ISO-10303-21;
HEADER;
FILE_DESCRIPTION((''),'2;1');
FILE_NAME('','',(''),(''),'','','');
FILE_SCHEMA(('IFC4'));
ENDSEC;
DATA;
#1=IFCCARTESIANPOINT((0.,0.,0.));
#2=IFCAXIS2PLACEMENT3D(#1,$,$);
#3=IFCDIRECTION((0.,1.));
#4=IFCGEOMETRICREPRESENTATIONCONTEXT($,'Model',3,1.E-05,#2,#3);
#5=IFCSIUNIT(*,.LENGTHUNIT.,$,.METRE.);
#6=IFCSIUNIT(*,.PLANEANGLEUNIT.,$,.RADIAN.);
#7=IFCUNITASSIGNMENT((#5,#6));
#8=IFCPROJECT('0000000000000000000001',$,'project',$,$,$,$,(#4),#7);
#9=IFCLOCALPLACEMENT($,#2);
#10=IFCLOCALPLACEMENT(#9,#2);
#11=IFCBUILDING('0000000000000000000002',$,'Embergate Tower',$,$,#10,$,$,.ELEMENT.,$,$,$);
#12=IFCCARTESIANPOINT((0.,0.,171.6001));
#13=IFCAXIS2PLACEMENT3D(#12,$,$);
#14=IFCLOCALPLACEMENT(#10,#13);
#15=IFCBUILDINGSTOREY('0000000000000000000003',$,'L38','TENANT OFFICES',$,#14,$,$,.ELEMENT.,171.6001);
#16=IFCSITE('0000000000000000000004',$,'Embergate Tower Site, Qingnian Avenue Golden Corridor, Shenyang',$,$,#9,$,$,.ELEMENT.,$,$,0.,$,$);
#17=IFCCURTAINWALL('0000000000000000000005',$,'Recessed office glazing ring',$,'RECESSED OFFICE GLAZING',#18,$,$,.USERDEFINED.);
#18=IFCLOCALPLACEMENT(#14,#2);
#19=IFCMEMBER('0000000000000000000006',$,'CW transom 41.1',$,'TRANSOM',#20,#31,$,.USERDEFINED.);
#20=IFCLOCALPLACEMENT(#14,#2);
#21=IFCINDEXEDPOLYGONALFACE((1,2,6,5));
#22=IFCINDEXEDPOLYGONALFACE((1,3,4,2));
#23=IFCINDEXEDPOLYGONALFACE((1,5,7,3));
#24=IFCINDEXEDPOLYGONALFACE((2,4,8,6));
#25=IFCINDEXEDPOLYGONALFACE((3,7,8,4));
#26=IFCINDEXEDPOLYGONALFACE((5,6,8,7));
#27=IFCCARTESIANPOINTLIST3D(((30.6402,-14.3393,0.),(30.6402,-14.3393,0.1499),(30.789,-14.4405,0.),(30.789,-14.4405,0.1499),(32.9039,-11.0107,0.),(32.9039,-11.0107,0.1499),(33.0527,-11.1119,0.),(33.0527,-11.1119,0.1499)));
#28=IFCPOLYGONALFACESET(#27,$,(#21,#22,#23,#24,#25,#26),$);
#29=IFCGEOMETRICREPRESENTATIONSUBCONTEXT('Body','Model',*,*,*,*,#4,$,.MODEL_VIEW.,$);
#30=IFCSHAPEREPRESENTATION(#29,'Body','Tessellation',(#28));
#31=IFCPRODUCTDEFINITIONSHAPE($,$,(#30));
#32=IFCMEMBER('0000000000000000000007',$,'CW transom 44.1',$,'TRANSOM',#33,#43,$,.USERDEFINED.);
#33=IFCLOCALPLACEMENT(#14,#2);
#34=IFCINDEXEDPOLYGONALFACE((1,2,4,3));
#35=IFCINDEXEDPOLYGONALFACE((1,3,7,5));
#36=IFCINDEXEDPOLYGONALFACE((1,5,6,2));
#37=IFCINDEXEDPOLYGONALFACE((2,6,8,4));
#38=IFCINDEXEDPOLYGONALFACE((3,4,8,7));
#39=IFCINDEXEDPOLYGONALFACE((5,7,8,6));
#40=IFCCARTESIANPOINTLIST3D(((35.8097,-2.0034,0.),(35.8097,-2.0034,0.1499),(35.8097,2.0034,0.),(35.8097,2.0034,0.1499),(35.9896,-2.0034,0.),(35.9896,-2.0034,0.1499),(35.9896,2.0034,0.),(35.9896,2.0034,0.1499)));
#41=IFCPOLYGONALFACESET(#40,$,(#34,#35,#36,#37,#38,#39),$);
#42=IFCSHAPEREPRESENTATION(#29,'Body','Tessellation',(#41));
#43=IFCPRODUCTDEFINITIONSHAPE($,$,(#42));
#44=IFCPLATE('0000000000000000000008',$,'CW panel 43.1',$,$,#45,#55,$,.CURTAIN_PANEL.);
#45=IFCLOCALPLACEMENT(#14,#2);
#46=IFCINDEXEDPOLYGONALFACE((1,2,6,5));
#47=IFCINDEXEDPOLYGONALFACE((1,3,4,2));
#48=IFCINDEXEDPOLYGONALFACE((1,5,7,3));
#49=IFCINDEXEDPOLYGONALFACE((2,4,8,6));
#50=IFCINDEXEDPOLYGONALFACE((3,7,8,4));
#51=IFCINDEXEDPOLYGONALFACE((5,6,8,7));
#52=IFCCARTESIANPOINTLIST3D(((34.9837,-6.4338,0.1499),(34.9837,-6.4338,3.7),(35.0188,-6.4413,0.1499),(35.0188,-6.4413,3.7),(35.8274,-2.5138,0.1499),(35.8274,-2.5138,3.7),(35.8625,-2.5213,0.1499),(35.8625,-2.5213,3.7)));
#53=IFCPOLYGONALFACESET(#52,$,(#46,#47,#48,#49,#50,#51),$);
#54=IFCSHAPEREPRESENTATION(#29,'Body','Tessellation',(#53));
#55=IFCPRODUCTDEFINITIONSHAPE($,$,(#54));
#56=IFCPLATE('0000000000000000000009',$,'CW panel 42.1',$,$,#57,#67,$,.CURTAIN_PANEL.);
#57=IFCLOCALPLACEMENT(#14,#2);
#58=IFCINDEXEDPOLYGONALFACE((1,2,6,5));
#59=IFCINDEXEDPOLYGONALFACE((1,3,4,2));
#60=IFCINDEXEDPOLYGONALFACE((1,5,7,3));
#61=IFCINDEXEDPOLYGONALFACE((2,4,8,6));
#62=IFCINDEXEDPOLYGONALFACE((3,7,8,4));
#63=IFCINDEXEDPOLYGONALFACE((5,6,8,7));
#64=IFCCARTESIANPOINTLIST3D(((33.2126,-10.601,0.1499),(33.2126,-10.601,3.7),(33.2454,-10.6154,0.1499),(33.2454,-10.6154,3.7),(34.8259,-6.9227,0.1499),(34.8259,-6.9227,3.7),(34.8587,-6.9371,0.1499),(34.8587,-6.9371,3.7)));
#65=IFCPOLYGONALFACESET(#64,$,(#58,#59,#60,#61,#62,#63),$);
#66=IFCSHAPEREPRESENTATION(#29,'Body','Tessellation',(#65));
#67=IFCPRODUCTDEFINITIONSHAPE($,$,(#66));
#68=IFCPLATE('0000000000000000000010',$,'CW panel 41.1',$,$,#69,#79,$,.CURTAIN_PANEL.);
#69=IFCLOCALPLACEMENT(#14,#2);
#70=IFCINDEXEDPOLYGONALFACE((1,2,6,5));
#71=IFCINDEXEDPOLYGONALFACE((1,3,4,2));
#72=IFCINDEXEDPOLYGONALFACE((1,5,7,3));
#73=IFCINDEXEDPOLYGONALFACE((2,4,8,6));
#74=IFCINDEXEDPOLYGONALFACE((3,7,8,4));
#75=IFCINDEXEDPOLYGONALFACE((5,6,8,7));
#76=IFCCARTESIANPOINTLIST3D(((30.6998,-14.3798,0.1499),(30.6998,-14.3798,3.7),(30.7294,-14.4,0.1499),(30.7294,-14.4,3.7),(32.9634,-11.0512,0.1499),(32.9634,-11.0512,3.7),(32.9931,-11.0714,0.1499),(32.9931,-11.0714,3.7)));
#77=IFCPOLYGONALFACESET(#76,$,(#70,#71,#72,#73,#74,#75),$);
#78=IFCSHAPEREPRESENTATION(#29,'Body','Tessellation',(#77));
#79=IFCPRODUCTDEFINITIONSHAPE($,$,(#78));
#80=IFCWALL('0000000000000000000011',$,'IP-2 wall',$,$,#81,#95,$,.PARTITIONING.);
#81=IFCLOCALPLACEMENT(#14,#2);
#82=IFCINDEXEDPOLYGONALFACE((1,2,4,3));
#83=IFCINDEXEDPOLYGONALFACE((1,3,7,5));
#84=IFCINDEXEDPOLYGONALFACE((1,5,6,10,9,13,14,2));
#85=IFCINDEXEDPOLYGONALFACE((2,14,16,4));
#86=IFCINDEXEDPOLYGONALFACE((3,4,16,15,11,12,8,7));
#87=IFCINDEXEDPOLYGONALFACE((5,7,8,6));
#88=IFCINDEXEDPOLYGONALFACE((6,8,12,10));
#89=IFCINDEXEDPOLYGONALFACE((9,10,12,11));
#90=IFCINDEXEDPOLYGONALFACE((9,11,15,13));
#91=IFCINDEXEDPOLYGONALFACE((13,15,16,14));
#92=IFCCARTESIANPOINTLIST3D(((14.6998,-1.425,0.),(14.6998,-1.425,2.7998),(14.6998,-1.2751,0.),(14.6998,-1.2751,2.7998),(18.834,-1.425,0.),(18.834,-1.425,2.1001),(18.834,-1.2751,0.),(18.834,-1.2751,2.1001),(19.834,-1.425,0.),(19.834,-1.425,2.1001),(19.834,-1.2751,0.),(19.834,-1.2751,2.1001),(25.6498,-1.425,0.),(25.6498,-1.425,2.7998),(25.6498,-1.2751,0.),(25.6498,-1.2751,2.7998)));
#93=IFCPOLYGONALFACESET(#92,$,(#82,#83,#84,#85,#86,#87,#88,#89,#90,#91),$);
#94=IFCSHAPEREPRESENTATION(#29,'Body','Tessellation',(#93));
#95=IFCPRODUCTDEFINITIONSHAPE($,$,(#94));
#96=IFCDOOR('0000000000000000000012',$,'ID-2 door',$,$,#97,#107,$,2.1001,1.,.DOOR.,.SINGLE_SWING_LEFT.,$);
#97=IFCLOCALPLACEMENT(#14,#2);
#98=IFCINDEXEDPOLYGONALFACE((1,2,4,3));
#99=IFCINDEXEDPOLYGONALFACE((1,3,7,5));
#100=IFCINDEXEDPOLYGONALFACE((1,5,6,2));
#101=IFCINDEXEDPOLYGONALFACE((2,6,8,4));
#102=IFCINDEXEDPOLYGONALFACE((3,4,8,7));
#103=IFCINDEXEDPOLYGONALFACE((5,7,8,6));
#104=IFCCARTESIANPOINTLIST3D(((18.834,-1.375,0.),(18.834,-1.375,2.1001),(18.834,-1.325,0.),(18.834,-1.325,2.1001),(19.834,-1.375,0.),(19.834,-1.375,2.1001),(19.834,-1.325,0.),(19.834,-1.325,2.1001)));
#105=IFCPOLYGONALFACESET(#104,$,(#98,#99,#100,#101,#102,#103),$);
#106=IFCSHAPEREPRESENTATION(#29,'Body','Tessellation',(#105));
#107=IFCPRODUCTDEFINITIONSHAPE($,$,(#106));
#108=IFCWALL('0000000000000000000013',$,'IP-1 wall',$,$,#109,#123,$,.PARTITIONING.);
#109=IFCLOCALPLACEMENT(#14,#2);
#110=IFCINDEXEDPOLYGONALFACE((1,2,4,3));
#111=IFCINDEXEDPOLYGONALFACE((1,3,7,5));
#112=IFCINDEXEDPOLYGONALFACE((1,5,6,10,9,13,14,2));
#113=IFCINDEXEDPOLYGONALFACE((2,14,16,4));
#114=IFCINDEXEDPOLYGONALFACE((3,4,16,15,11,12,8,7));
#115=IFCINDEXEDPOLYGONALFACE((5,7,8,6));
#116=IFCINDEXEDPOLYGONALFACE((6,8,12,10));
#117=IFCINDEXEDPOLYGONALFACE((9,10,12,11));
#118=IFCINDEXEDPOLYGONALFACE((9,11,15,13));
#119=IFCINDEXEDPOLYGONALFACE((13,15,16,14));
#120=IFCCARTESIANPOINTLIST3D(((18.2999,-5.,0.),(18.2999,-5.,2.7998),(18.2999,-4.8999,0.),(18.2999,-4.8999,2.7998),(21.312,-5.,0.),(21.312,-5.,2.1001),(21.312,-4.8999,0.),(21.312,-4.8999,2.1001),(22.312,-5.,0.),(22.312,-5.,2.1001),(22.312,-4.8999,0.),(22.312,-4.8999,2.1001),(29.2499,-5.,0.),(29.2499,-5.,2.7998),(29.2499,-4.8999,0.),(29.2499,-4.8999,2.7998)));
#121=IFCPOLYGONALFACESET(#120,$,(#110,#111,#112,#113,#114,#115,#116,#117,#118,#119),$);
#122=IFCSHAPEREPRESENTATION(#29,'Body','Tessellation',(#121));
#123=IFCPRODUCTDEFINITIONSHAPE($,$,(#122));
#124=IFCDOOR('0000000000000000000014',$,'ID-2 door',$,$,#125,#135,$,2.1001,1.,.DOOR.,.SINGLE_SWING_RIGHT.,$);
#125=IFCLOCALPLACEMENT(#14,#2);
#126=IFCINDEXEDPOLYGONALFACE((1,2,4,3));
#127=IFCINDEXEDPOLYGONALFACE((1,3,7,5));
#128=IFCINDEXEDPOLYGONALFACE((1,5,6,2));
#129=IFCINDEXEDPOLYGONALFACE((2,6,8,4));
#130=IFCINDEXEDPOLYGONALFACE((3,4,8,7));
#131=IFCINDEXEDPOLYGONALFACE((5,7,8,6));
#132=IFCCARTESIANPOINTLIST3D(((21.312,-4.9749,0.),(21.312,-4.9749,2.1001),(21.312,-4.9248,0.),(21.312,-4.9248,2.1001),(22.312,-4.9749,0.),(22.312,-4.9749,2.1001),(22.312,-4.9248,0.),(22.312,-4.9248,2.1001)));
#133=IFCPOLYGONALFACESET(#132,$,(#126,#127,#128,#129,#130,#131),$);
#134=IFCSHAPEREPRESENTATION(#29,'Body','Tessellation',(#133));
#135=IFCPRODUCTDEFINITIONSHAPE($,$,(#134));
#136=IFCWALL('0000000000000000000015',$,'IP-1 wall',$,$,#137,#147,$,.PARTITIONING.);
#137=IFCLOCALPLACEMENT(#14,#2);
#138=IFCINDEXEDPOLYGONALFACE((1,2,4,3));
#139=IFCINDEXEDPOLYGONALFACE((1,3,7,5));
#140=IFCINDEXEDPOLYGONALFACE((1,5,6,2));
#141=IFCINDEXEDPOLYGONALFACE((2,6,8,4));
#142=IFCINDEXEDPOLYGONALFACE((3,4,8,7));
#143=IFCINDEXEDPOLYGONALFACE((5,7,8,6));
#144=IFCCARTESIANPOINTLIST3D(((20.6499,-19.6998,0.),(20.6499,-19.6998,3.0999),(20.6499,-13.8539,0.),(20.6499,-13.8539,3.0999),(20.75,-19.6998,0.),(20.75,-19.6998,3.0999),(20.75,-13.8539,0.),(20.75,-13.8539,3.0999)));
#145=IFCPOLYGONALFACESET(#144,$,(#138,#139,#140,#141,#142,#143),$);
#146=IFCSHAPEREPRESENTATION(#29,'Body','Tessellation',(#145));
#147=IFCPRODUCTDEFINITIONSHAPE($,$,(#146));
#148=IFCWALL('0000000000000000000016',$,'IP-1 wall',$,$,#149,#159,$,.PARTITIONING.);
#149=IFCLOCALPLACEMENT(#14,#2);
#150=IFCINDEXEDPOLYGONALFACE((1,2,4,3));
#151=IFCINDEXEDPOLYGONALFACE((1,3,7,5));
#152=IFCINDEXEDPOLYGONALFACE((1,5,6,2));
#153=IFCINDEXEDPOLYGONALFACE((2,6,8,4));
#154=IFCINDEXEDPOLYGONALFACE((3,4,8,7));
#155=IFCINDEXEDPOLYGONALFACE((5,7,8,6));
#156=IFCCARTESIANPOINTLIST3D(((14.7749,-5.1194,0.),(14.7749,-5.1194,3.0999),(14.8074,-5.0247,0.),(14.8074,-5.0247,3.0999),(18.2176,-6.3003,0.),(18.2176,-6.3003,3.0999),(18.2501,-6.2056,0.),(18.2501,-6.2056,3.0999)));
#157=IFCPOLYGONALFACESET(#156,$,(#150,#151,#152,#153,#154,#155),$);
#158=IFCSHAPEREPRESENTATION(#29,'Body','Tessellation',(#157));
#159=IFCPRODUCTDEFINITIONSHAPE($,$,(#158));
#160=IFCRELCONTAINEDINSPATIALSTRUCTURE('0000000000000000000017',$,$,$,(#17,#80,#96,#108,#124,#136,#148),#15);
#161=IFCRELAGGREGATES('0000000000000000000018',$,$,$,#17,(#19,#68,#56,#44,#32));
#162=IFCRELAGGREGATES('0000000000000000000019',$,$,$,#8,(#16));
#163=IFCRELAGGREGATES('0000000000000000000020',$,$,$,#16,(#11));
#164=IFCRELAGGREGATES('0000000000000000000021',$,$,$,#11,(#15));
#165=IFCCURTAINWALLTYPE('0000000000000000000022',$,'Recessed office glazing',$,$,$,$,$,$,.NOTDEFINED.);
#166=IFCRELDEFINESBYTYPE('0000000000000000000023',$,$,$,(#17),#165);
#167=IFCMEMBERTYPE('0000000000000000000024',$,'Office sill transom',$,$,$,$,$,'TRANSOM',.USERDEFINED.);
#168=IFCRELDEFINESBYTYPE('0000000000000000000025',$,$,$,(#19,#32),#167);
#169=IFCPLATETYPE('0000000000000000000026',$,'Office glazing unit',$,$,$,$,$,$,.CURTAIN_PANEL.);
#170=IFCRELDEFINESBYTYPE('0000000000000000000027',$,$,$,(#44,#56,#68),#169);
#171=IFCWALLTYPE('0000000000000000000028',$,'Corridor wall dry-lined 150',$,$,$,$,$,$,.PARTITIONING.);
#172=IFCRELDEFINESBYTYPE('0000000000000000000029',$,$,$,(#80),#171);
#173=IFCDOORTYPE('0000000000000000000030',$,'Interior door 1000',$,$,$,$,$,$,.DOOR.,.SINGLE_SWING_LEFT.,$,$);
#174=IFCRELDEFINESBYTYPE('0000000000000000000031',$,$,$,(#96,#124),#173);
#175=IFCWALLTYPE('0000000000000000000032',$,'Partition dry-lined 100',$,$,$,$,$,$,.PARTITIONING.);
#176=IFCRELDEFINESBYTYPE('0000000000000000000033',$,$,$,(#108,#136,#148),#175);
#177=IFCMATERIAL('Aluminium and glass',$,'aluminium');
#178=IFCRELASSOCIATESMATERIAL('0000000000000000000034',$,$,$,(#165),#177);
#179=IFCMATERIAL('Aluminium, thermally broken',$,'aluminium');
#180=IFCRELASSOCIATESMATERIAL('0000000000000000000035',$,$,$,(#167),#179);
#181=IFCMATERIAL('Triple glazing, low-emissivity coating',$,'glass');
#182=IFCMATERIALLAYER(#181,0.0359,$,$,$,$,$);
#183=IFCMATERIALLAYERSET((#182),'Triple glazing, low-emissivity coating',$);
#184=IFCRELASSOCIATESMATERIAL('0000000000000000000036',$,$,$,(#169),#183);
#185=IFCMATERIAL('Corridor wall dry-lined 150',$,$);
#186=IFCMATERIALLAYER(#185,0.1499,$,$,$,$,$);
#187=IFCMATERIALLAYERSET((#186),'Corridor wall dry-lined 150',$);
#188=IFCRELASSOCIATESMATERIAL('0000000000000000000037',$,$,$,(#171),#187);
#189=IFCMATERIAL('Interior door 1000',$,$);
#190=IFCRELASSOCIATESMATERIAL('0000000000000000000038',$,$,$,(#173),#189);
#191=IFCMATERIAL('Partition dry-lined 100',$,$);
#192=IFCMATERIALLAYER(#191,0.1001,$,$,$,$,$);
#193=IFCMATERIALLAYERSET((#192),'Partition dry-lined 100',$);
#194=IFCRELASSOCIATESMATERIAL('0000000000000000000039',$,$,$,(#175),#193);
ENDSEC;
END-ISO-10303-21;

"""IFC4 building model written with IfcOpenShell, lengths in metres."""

from ifc_helpers import new_model, si_unit, direction, frame, frame_2d, origin, origin_2d, place, context, subcontext, project, spatial, rectangle, extrude, source, transform, mapped, material, layer, layer_set, material_profile, profile_set, type_object, element, fill, aggregate, save


model = new_model("IFC4")

# Units and contexts
model_context = context("Model", 3, precision=1e-05, world=origin(), true_north=direction((0.0, 1.0)))
body_context = subcontext(model_context, "Body", "Model", "MODEL_VIEW")
ifc_project = project(units=[si_unit("LENGTHUNIT", "METRE"), si_unit("PLANEANGLEUNIT", "RADIAN")], contexts=[model_context])

# Site, building, storey
site_placement = place(None, origin())
site = spatial("IfcSite", under=ifc_project, at=site_placement, Name="Embergate Tower Site, Qingnian Avenue Golden Corridor, Shenyang", CompositionType="ELEMENT", RefElevation=0.0)
building_placement = place(site_placement, origin())
building = spatial("IfcBuilding", under=site, at=building_placement, Name="Embergate Tower", CompositionType="ELEMENT")
storey_placement = place(building_placement, frame((0.0, 0.0, 171.6001)))
storey = spatial("IfcBuildingStorey", under=building, at=storey_placement, Name="L38", Description="TENANT OFFICES", CompositionType="ELEMENT", Elevation=171.6001)

# Curtain wall, members, plates
ifc_material_1 = material(Name="Aluminium and glass", Category="aluminium")
curtain_wall_type = type_object("IfcCurtainWallType", Name="Recessed office glazing", PredefinedType="NOTDEFINED", material=ifc_material_1)
curtain_wall_placement = place(storey_placement, origin())
curtain_wall = element("IfcCurtainWall", 1, at=curtain_wall_placement, inside=storey, type_object=curtain_wall_type, Name="Recessed office glazing ring", ObjectType="RECESSED OFFICE GLAZING", PredefinedType="USERDEFINED")
ifc_material_2 = material(Name="Aluminium, thermally broken", Category="aluminium")
ifc_material_profile_1 = material_profile(ifc_material_2, rectangle(XDim=0.1799, YDim=0.1499, at=origin_2d()), Name="AL 150x180")
ifc_profile_set_1 = profile_set([ifc_material_profile_1], Name="Aluminium, thermally broken")
member_type_1 = type_object("IfcMemberType", Name="Office sill transom", ElementType="TRANSOM", PredefinedType="USERDEFINED", material=ifc_profile_set_1)
shared_shape_1 = source(origin(), body_context, "Body", "SweptSolid", [
    extrude(rectangle(XDim=0.1799, YDim=0.1499, at=origin_2d()), origin(), (0.0, 0.0, 1.0), 4.0254),
])
member_1_placement = place(storey_placement, frame((30.7146, -14.3899, 0.075), z_axis=(0.562347, 0.826902, 0.0), x_axis=(-0.826902, 0.562347, 0.0)))
member_1 = element("IfcMember", 2, at=member_1_placement, type_object=member_type_1, Name="CW transom 41.1", ObjectType="TRANSOM", PredefinedType="USERDEFINED", context=body_context, shape_type="MappedRepresentation", body=[
    mapped(shared_shape_1, transform((0.0, 0.0, 0.0))),
])
shared_shape_2 = source(origin(), body_context, "Body", "SweptSolid", [
    extrude(rectangle(XDim=0.1799, YDim=0.1499, at=origin_2d()), origin(), (0.0, 0.0, 1.0), 4.0068),
])
member_2_placement = place(storey_placement, frame((35.8997, -2.0034, 0.075), z_axis=(0.0, 1.0, 0.0), x_axis=(-1.0, 0.0, 0.0)))
member_2 = element("IfcMember", 3, at=member_2_placement, type_object=member_type_1, Name="CW transom 44.1", ObjectType="TRANSOM", PredefinedType="USERDEFINED", context=body_context, shape_type="MappedRepresentation", body=[
    mapped(shared_shape_2, transform((0.0, 0.0, 0.0))),
])
ifc_material_3 = material(Name="Triple glazing, low-emissivity coating", Category="glass")
ifc_layer_1 = layer(ifc_material_3, 0.0359)
ifc_layer_set_1 = layer_set([ifc_layer_1], Name="Triple glazing, low-emissivity coating")
plate_type = type_object("IfcPlateType", Name="Office glazing unit", PredefinedType="CURTAIN_PANEL", material=ifc_layer_set_1)
shared_shape_3 = source(origin(), body_context, "Body", "SweptSolid", [
    extrude(rectangle(XDim=4.0098, YDim=0.0359, at=origin_2d()), origin(), (0.0, 0.0, 1.0), 3.55),
])
plate_1_placement = place(storey_placement, frame((35.4231, -4.4775, 0.1499), z_axis=(0.0, 0.0, 1.0), x_axis=(0.210402, 0.977615, 0.0)))
plate_1 = element("IfcPlate", 4, at=plate_1_placement, type_object=plate_type, Name="CW panel 43.1", PredefinedType="CURTAIN_PANEL", context=body_context, shape_type="MappedRepresentation", body=[
    mapped(shared_shape_3, transform((0.0, 0.0, 0.0))),
])
shared_shape_4 = source(origin(), body_context, "Body", "SweptSolid", [
    extrude(rectangle(XDim=4.0166, YDim=0.0359, at=origin_2d()), origin(), (0.0, 0.0, 1.0), 3.55),
])
plate_2_placement = place(storey_placement, frame((34.0356, -8.769, 0.1499), z_axis=(0.0, 0.0, 1.0), x_axis=(0.401658, 0.91579, 0.0)))
plate_2 = element("IfcPlate", 5, at=plate_2_placement, type_object=plate_type, Name="CW panel 42.1", PredefinedType="CURTAIN_PANEL", context=body_context, shape_type="MappedRepresentation", body=[
    mapped(shared_shape_4, transform((0.0, 0.0, 0.0))),
])
shared_shape_5 = source(origin(), body_context, "Body", "SweptSolid", [
    extrude(rectangle(XDim=4.0254, YDim=0.0359, at=origin_2d()), origin(), (0.0, 0.0, 1.0), 3.55),
])
plate_3_placement = place(storey_placement, frame((31.8464, -12.7256, 0.1499), z_axis=(0.0, 0.0, 1.0), x_axis=(0.562348, 0.826901, 0.0)))
plate_3 = element("IfcPlate", 6, at=plate_3_placement, type_object=plate_type, Name="CW panel 41.1", PredefinedType="CURTAIN_PANEL", context=body_context, shape_type="MappedRepresentation", body=[
    mapped(shared_shape_5, transform((0.0, 0.0, 0.0))),
])
aggregate(curtain_wall, [member_1, plate_3, plate_2, plate_1, member_2])

# Walls, openings, doors
ifc_material_4 = material(Name="Corridor wall dry-lined 150")
ifc_layer_2 = layer(ifc_material_4, 0.1499)
ifc_layer_set_2 = layer_set([ifc_layer_2], Name="Corridor wall dry-lined 150")
wall_type_1 = type_object("IfcWallType", Name="Corridor wall dry-lined 150", PredefinedType="PARTITIONING", material=ifc_layer_set_2)
shared_shape_6 = source(origin(), body_context, "Body", "SweptSolid", [
    extrude(rectangle(XDim=10.95, YDim=0.1499, at=frame_2d((5.4751, 0.0))), origin(), (0.0, 0.0, 1.0), 2.7998),
])
wall_1_placement = place(storey_placement, frame((25.6499, -1.3501, 0.0), z_axis=(0.0, 0.0, 1.0), x_axis=(-1.0, 0.0, 0.0)))
wall_1 = element("IfcWall", 7, at=wall_1_placement, inside=storey, type_object=wall_type_1, Name="IP-2 wall", PredefinedType="PARTITIONING", context=body_context, shape_type="MappedRepresentation", body=[
    mapped(shared_shape_6, transform((0.0, 0.0, 0.0))),
])
shared_shape_7 = source(origin(), body_context, "Body", "SweptSolid", [
    extrude(rectangle(XDim=1.0, YDim=2.1001, at=frame_2d((0.5, 1.05))), frame((0.0, 0.085, 0.0), z_axis=(0.0, -1.0, 0.0), x_axis=(1.0, 0.0, 0.0)), (0.0, 0.0, 1.0), 0.1699),
])
opening_1_placement = place(wall_1_placement, frame((5.8159, 0.0, 0.0)))
opening_1 = element("IfcOpeningElement", 8, at=opening_1_placement, cuts=wall_1, PredefinedType="OPENING", context=body_context, shape_type="MappedRepresentation", body=[
    mapped(shared_shape_7, transform((0.0, 0.0, 0.0))),
])
ifc_material_5 = material(Name="Interior door 1000")
door_type = type_object("IfcDoorType", Name="Interior door 1000", OperationType="SINGLE_SWING_LEFT", PredefinedType="DOOR", material=ifc_material_5)
shared_shape_8 = source(origin(), body_context, "Body", "SweptSolid", [
    extrude(rectangle(XDim=1.0, YDim=2.1001, at=frame_2d((0.5, 1.05))), frame((0.0, 0.0249, 0.0), z_axis=(0.0, -1.0, 0.0), x_axis=(1.0, 0.0, 0.0)), (0.0, 0.0, 1.0), 0.05),
])
door_1_placement = place(opening_1_placement, origin())
door_1 = element("IfcDoor", 9, at=door_1_placement, inside=storey, type_object=door_type, Name="ID-2 door", OperationType="SINGLE_SWING_LEFT", OverallHeight=2.1001, OverallWidth=1.0, PredefinedType="DOOR", context=body_context, shape_type="MappedRepresentation", body=[
    mapped(shared_shape_8, transform((0.0, 0.0, 0.0))),
])
fill(opening_1, door_1)
ifc_material_6 = material(Name="Partition dry-lined 100")
ifc_layer_3 = layer(ifc_material_6, 0.1001)
ifc_layer_set_3 = layer_set([ifc_layer_3], Name="Partition dry-lined 100")
wall_type_2 = type_object("IfcWallType", Name="Partition dry-lined 100", PredefinedType="PARTITIONING", material=ifc_layer_set_3)
shared_shape_9 = source(origin(), body_context, "Body", "SweptSolid", [
    extrude(rectangle(XDim=10.95, YDim=0.1001, at=frame_2d((5.4751, 0.0))), origin(), (0.0, 0.0, 1.0), 2.7998),
])
wall_2_placement = place(storey_placement, frame((29.25, -4.95, 0.0), z_axis=(0.0, 0.0, 1.0), x_axis=(-1.0, 0.0, 0.0)))
wall_2 = element("IfcWall", 10, at=wall_2_placement, inside=storey, type_object=wall_type_2, Name="IP-1 wall", PredefinedType="PARTITIONING", context=body_context, shape_type="MappedRepresentation", body=[
    mapped(shared_shape_9, transform((0.0, 0.0, 0.0))),
])
shared_shape_10 = source(origin(), body_context, "Body", "SweptSolid", [
    extrude(rectangle(XDim=1.0, YDim=2.1001, at=frame_2d((0.5, 1.05))), frame((0.0, 0.0601, 0.0), z_axis=(0.0, -1.0, 0.0), x_axis=(1.0, 0.0, 0.0)), (0.0, 0.0, 1.0), 0.1201),
])
opening_2_placement = place(wall_2_placement, frame((6.938, 0.0, 0.0)))
opening_2 = element("IfcOpeningElement", 11, at=opening_2_placement, cuts=wall_2, PredefinedType="OPENING", context=body_context, shape_type="MappedRepresentation", body=[
    mapped(shared_shape_10, transform((0.0, 0.0, 0.0))),
])
door_2_placement = place(opening_2_placement, origin())
door_2 = element("IfcDoor", 12, at=door_2_placement, inside=storey, type_object=door_type, Name="ID-2 door", OperationType="SINGLE_SWING_RIGHT", OverallHeight=2.1001, OverallWidth=1.0, PredefinedType="DOOR", context=body_context, shape_type="MappedRepresentation", body=[
    mapped(shared_shape_8, transform((0.0, 0.0, 0.0))),
])
fill(opening_2, door_2)

# Walls
shared_shape_11 = source(origin(), body_context, "Body", "SweptSolid", [
    extrude(rectangle(XDim=5.8459, YDim=0.1001, at=frame_2d((2.9229, 0.0))), origin(), (0.0, 0.0, 1.0), 3.0999),
])
wall_3_placement = place(storey_placement, frame((20.7, -13.854, 0.0), z_axis=(0.0, 0.0, 1.0), x_axis=(0.0, -1.0, 0.0)))
element("IfcWall", 13, at=wall_3_placement, inside=storey, type_object=wall_type_2, Name="IP-1 wall", PredefinedType="PARTITIONING", context=body_context, shape_type="MappedRepresentation", body=[
    mapped(shared_shape_11, transform((0.0, 0.0, 0.0))),
])
shared_shape_12 = source(origin(), body_context, "Body", "SweptSolid", [
    extrude(rectangle(XDim=3.6396, YDim=0.1001, at=frame_2d((1.8198, 0.0))), origin(), (0.0, 0.0, 1.0), 3.0999),
])
wall_4_placement = place(storey_placement, frame((18.2339, -6.2529, 0.0), z_axis=(0.0, 0.0, 1.0), x_axis=(-0.945904, 0.324446, 0.0)))
element("IfcWall", 14, at=wall_4_placement, inside=storey, type_object=wall_type_2, Name="IP-1 wall", PredefinedType="PARTITIONING", context=body_context, shape_type="MappedRepresentation", body=[
    mapped(shared_shape_12, transform((0.0, 0.0, 0.0))),
])

save(model, "model.ifc")
